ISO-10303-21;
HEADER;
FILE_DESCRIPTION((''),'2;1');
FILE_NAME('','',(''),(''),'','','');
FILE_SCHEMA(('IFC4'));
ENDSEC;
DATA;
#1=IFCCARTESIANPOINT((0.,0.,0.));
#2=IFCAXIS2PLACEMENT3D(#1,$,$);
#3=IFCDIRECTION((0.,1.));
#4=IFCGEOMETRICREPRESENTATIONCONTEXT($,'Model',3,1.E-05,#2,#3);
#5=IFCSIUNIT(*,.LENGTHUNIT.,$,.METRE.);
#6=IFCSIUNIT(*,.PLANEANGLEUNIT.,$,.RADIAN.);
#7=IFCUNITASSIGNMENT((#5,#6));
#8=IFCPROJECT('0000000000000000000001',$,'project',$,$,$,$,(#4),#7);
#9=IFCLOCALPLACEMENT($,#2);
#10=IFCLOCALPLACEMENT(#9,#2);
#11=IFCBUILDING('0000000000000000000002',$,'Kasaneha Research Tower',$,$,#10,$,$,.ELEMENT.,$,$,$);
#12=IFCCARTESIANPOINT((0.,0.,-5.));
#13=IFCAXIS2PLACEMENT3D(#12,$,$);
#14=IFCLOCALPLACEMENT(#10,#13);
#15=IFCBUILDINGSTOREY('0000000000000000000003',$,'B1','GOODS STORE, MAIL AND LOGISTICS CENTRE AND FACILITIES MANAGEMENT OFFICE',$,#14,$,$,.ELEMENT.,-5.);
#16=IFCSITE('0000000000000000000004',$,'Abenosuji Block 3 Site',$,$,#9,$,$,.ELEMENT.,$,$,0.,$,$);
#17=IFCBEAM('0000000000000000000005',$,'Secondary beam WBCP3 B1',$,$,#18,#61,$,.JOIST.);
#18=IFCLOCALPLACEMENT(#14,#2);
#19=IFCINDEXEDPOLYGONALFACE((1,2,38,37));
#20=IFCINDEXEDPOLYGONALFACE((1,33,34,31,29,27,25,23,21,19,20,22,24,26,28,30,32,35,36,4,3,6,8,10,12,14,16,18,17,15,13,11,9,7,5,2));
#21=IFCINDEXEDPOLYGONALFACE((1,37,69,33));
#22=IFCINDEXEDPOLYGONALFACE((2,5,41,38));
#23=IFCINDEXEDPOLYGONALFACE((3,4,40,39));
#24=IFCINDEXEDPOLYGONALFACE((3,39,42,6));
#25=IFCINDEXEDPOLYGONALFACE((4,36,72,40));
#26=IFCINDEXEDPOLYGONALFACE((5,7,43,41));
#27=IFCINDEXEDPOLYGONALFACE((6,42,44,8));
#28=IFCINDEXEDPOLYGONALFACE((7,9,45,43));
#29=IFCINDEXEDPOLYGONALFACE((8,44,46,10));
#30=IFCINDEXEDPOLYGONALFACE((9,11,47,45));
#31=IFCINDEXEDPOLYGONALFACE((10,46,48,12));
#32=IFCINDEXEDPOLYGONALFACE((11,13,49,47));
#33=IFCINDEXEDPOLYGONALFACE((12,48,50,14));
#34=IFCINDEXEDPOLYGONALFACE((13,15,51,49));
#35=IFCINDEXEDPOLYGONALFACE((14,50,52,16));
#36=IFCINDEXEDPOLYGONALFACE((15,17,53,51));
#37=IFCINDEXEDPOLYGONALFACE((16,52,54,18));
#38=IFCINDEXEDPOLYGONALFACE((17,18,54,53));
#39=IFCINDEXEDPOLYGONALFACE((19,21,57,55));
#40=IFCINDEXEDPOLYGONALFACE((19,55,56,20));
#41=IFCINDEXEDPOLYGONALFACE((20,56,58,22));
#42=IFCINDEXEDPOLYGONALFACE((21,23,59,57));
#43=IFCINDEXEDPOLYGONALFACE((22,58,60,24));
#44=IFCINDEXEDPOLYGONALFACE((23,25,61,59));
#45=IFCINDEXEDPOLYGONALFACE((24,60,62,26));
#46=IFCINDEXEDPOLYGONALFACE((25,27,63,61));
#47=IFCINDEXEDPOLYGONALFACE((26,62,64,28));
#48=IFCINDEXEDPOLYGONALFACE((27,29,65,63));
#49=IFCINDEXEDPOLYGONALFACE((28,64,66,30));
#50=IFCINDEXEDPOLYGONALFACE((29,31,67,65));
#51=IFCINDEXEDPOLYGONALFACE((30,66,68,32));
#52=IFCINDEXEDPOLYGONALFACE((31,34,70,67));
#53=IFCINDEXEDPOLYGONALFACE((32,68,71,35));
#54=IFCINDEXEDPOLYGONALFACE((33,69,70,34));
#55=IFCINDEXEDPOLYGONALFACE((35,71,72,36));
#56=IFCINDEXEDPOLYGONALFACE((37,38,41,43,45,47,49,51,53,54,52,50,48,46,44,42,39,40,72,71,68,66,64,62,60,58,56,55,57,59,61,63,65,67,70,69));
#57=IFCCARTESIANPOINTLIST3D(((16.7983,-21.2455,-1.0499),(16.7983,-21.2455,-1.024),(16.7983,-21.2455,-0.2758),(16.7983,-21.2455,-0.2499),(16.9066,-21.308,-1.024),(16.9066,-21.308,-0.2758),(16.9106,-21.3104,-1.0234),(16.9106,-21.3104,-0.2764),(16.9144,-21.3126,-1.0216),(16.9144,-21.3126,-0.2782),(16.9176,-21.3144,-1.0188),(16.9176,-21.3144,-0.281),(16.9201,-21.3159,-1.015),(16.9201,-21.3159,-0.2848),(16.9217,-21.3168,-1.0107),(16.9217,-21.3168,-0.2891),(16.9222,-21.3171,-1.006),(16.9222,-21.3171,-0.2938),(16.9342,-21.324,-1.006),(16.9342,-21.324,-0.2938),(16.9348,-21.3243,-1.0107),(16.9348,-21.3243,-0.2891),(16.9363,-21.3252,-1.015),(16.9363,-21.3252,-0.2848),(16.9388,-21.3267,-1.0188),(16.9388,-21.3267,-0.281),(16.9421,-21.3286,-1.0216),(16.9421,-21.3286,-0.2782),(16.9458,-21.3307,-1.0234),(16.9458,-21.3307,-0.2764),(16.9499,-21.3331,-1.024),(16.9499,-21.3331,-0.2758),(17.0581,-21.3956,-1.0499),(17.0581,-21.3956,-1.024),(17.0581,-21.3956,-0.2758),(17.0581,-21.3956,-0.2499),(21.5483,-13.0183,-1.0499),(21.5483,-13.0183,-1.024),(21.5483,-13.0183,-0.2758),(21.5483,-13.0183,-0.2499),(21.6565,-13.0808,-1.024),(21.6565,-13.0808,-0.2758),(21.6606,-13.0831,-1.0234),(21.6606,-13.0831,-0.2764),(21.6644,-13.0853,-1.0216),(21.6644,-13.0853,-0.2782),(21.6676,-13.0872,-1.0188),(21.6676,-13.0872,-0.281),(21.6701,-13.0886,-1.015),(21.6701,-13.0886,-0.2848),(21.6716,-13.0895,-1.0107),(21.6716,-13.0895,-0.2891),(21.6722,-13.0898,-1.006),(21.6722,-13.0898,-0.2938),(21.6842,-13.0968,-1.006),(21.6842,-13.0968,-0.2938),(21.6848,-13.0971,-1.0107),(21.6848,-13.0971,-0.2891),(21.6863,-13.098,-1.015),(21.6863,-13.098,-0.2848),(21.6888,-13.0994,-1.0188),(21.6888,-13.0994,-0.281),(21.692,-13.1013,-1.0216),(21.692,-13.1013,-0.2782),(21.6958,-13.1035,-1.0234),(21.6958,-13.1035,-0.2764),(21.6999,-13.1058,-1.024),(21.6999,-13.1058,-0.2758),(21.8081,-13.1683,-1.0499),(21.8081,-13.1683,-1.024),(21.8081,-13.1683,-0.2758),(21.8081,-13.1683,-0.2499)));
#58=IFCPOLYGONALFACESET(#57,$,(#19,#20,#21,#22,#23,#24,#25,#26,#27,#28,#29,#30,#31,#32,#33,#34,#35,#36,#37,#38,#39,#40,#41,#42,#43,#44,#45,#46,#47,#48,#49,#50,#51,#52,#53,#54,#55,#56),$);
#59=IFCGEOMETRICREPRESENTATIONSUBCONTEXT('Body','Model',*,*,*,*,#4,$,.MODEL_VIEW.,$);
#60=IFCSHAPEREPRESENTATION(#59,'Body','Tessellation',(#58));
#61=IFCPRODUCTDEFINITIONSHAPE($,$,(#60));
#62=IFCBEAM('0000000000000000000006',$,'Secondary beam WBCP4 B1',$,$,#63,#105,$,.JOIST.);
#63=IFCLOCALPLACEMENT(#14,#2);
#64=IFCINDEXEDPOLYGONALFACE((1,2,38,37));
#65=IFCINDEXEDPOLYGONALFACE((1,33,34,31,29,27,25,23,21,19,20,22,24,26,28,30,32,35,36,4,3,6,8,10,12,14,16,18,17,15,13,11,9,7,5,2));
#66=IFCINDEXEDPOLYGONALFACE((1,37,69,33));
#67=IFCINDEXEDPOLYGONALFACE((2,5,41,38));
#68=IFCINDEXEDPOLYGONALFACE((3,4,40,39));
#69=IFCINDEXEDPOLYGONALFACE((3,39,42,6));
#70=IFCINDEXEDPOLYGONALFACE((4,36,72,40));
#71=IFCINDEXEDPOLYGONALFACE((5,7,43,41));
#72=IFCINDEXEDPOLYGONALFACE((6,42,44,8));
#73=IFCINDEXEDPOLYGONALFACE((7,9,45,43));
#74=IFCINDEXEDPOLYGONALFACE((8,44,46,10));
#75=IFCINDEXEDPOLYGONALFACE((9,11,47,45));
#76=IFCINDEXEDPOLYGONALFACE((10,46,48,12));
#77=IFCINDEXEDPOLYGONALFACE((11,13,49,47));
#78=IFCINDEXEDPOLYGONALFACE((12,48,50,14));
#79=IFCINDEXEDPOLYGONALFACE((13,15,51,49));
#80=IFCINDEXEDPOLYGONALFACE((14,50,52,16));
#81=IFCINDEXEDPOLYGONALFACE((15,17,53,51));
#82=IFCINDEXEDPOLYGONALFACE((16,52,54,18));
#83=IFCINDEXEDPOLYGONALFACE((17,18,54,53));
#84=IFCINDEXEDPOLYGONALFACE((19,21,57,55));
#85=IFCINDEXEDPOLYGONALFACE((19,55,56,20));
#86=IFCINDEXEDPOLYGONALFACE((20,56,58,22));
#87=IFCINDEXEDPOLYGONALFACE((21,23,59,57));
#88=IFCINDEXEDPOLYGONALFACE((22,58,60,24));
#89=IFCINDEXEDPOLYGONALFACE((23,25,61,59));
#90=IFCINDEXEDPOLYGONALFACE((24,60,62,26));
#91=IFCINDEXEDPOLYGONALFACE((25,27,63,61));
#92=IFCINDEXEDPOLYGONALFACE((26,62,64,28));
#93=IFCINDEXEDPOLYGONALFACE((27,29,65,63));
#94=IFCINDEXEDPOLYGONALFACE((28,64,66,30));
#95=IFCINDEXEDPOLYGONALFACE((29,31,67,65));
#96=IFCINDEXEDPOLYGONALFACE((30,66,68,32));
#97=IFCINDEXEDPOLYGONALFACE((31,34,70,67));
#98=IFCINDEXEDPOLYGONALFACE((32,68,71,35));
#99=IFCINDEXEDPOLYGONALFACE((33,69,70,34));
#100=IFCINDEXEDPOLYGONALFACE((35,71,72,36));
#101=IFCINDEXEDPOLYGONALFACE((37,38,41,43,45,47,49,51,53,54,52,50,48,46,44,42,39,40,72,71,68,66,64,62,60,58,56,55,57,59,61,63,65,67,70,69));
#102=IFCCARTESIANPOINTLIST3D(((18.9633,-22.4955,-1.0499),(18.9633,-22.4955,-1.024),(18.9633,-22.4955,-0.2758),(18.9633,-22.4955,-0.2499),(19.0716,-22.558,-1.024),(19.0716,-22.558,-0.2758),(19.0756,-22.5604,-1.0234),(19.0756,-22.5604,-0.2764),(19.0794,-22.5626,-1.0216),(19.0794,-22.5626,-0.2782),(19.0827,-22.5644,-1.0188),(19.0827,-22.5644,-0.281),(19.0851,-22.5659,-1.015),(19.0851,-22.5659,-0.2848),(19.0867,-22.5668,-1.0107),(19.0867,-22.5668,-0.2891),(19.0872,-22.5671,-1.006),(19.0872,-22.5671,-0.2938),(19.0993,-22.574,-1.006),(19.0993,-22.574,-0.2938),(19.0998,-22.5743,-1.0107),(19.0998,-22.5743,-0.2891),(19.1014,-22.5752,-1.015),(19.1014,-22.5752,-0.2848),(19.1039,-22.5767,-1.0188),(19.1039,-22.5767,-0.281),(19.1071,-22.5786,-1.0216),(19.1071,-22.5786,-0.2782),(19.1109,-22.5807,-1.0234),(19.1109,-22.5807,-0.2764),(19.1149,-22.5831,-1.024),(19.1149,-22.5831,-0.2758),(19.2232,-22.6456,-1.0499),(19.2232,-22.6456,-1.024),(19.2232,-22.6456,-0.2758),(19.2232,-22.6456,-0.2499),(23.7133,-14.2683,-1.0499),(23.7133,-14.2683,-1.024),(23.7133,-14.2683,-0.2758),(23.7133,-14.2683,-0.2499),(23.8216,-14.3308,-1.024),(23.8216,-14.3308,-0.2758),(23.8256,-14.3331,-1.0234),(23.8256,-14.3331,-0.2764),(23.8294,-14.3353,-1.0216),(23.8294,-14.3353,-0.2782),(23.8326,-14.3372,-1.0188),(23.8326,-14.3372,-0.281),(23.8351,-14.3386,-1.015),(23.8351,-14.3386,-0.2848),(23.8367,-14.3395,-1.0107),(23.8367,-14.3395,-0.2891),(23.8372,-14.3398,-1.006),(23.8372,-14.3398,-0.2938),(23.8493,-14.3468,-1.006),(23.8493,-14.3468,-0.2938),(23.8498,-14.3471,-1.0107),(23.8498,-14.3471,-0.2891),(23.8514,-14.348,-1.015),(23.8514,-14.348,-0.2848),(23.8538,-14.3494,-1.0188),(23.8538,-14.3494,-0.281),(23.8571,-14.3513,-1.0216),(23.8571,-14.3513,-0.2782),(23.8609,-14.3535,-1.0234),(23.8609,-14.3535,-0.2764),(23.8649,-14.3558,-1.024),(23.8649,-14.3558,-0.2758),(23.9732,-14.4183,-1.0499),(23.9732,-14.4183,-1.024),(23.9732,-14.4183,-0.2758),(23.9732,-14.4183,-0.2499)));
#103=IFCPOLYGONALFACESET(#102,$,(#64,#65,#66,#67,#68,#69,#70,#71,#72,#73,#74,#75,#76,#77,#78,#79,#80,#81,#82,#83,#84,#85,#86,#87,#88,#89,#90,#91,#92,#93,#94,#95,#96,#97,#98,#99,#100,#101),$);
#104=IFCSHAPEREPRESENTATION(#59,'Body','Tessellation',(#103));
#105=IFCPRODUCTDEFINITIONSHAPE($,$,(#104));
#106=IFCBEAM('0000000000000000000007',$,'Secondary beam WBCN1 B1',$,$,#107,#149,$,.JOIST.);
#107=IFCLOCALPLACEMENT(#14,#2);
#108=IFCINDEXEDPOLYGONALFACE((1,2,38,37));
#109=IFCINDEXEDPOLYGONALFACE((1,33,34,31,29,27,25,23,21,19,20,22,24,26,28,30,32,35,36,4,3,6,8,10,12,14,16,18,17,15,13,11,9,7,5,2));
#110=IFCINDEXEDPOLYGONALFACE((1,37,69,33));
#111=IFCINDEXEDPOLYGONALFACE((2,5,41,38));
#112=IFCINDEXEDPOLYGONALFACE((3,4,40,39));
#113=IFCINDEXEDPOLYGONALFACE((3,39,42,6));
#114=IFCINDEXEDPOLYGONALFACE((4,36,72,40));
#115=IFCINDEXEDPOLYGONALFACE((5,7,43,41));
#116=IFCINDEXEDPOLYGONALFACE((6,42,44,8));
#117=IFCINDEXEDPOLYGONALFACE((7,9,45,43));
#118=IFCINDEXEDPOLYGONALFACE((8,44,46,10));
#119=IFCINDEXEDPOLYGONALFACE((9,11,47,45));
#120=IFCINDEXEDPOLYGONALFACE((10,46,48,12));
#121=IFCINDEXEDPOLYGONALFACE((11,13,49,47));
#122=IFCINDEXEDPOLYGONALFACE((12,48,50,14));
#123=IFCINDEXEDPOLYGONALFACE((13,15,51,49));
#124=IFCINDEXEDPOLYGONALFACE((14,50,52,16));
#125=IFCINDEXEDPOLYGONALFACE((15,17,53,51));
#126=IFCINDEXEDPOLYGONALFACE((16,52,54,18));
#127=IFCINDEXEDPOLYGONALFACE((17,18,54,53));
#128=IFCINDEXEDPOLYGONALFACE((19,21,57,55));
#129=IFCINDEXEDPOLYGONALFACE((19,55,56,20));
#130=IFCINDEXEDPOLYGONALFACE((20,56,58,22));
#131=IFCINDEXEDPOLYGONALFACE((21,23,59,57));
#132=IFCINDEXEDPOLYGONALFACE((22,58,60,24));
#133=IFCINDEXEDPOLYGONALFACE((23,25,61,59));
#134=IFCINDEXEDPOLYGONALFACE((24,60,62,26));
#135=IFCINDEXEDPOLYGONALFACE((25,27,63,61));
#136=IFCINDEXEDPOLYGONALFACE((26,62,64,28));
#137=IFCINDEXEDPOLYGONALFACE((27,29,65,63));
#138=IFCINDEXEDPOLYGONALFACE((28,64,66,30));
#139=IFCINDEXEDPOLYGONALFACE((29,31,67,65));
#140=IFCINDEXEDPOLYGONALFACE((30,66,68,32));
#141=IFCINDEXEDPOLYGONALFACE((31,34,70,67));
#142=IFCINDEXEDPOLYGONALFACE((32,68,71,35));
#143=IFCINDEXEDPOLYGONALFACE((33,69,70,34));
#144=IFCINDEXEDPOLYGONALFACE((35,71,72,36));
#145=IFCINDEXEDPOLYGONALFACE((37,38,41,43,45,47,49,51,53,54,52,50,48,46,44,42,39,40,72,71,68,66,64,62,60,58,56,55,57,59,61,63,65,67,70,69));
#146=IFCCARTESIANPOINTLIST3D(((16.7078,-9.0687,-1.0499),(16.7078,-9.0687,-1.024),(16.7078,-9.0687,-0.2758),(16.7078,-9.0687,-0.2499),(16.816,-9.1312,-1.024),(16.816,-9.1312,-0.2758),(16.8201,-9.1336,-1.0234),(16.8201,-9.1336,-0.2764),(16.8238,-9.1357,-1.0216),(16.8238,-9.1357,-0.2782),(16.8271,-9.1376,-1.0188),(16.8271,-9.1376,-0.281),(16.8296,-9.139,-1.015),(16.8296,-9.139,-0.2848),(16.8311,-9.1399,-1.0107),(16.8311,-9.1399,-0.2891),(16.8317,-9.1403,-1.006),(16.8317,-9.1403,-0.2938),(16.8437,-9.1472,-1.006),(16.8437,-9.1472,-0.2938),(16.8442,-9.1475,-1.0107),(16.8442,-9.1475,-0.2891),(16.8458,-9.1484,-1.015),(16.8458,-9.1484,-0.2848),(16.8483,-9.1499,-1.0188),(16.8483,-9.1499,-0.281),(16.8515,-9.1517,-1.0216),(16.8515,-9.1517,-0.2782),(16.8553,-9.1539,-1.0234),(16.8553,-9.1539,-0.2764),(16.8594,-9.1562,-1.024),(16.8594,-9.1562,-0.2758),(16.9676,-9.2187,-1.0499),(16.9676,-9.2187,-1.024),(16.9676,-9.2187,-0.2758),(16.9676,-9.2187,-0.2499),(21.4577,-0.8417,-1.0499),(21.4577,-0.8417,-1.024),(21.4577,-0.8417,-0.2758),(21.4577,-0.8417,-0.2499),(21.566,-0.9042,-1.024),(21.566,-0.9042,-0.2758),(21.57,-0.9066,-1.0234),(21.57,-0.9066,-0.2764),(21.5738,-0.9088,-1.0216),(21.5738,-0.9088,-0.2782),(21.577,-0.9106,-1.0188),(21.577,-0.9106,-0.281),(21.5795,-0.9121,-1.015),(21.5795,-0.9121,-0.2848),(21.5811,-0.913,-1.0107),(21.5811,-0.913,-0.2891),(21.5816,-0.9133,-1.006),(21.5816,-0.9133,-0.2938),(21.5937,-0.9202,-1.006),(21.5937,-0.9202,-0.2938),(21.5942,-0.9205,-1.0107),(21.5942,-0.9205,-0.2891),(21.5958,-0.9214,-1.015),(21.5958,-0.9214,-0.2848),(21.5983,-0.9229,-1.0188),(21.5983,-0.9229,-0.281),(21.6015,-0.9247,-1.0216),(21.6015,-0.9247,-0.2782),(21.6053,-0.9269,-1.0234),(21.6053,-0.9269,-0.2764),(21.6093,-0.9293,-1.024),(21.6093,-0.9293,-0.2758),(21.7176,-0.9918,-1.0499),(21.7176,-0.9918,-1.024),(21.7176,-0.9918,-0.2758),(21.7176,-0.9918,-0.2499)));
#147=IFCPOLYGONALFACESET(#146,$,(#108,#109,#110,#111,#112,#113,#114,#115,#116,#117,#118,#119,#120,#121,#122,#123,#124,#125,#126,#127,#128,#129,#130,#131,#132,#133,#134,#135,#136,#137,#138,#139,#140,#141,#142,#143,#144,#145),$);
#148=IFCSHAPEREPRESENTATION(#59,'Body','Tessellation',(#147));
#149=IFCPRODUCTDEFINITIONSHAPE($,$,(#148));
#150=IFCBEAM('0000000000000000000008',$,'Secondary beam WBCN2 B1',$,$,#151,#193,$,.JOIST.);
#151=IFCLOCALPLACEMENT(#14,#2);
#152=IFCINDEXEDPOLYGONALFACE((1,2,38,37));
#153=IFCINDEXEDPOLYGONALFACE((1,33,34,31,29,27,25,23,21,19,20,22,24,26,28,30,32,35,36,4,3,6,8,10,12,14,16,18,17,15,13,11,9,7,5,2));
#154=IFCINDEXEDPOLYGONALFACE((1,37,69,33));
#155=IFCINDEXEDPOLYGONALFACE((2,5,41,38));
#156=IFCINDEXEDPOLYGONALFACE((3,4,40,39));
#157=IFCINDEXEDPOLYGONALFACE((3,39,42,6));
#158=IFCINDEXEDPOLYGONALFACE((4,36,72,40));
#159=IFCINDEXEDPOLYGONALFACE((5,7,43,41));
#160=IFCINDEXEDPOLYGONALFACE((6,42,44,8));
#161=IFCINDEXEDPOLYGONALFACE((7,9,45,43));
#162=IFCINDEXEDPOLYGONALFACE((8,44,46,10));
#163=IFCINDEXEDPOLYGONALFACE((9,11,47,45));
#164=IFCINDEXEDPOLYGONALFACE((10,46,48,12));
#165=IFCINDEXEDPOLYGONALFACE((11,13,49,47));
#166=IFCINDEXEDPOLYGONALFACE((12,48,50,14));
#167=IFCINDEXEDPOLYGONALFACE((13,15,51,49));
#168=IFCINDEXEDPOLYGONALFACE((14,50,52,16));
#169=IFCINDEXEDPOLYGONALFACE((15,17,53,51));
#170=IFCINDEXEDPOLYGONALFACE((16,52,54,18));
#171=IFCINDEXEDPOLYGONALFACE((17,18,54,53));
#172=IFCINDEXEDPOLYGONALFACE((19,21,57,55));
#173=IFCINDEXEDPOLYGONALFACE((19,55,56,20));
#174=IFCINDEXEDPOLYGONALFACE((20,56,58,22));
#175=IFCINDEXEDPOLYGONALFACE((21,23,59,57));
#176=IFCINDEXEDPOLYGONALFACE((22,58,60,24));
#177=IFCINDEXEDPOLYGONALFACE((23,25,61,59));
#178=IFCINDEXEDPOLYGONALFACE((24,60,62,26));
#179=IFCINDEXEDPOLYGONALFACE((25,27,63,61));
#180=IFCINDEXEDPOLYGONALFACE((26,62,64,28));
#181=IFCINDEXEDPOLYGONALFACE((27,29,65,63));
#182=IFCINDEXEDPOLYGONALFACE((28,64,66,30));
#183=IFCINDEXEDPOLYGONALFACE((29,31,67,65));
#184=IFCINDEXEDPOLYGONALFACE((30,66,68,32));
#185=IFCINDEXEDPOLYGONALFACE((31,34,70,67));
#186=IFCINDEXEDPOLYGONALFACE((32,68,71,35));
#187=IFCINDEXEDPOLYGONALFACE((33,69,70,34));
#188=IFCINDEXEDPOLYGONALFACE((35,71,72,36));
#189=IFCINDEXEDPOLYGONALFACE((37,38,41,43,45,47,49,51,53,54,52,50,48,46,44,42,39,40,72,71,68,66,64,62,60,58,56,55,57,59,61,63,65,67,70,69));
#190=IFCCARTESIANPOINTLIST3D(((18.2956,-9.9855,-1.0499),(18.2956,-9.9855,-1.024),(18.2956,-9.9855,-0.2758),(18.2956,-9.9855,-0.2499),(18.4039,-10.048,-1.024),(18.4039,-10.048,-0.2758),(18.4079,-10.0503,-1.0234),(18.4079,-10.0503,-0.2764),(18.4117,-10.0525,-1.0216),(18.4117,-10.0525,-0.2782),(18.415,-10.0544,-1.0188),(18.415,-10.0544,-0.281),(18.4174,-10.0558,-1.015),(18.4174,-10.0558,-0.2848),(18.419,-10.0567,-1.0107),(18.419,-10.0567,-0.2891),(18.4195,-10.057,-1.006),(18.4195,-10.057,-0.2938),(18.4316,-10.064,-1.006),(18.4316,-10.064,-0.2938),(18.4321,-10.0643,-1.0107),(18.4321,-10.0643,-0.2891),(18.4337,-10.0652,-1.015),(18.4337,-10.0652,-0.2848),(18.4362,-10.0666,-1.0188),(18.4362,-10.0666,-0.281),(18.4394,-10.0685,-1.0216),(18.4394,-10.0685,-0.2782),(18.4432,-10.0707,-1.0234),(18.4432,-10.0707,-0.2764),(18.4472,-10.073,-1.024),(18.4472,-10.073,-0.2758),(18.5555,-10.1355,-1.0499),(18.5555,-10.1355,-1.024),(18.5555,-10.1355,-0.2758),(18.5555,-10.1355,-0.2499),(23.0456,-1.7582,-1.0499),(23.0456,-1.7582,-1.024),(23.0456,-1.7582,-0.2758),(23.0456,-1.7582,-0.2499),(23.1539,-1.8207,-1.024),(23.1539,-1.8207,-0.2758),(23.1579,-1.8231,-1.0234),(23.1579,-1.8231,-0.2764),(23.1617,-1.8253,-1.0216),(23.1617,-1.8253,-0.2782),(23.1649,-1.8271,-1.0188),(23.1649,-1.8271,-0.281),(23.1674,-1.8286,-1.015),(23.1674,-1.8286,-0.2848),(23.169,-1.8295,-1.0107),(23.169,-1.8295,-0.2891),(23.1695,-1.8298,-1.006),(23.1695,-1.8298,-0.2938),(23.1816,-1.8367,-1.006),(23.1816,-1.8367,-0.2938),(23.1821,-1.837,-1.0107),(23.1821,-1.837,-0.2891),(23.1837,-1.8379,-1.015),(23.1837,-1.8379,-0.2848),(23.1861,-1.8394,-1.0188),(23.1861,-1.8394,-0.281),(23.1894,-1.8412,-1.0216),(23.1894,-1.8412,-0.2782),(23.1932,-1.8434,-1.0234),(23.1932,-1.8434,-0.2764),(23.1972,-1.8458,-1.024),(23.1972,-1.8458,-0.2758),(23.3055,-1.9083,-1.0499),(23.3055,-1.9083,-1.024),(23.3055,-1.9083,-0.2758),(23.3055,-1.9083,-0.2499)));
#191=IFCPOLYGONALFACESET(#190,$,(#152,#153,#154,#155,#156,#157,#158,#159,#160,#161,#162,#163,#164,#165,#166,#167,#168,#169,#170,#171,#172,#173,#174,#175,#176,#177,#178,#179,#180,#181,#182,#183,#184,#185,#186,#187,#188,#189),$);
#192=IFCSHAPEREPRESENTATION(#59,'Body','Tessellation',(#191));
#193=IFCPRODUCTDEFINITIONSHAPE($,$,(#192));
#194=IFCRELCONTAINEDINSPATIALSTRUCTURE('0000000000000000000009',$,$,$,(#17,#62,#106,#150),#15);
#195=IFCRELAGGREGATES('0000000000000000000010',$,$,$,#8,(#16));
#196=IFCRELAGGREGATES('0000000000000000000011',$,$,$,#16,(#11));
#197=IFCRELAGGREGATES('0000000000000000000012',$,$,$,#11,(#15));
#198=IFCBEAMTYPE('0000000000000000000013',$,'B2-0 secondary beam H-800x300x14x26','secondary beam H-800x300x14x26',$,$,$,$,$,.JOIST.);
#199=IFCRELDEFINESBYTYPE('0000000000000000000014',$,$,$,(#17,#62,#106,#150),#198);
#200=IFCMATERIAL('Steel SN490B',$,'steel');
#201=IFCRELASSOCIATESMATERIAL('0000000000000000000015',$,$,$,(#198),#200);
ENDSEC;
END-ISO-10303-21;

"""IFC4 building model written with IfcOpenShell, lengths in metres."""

from ifc_helpers import new_model, si_unit, direction, frame, origin, origin_2d, place, context, subcontext, project, spatial, i_section, extrude, material, material_profile, profile_set, type_object, element, save


model = new_model("IFC4")

# Units and contexts
model_context = context("Model", 3, precision=1e-05, world=origin(), true_north=direction((0.0, 1.0)))
body_context = subcontext(model_context, "Body", "Model", "MODEL_VIEW")
ifc_project = project(units=[si_unit("LENGTHUNIT", "METRE"), si_unit("PLANEANGLEUNIT", "RADIAN")], contexts=[model_context])

# Site, building, storey
site_placement = place(None, origin())
site = spatial("IfcSite", under=ifc_project, at=site_placement, Name="Abenosuji Block 3 Site", CompositionType="ELEMENT", RefElevation=0.0)
building_placement = place(site_placement, origin())
building = spatial("IfcBuilding", under=site, at=building_placement, Name="Kasaneha Research Tower", CompositionType="ELEMENT")
storey_placement = place(building_placement, frame((0.0, 0.0, -5.0)))
storey = spatial("IfcBuildingStorey", under=building, at=storey_placement, Name="B1", Description="GOODS STORE, MAIL AND LOGISTICS CENTRE AND FACILITIES MANAGEMENT OFFICE", CompositionType="ELEMENT", Elevation=-5.0)

# Beams
ifc_material_1 = material(Name="Steel SN490B", Category="steel")
ifc_material_profile_1 = material_profile(ifc_material_1, i_section(OverallWidth=0.3, OverallDepth=0.8, WebThickness=0.0139, FlangeThickness=0.0259, FilletRadius=0.0181, at=origin_2d()), Name="H-800x300x14x26")
ifc_profile_set_1 = profile_set([ifc_material_profile_1], Name="Steel SN490B")
beam_type_1 = type_object("IfcBeamType", Name="B2-0 secondary beam H-800x300x14x26", Description="secondary beam H-800x300x14x26", PredefinedType="JOIST", material=ifc_profile_set_1)
for number, where, z_axis, x_axis, name in (
    (1, (16.9282, -21.3206, -0.6499), (0.499998, 0.866027, 0.0), (-0.866027, 0.499998, 0.0), "Secondary beam WBCP3 B1"),
    (2, (19.0933, -22.5706, -0.6499), (0.499998, 0.866027, 0.0), (-0.866027, 0.499998, 0.0), "Secondary beam WBCP4 B1"),
):
    element("IfcBeam", number, at=place(storey_placement, frame(where, z_axis=z_axis, x_axis=x_axis)), inside=storey, type_object=beam_type_1, Name=name, PredefinedType="JOIST", context=body_context, shape_type="SweptSolid", body=[
        extrude(i_section(OverallWidth=0.3, OverallDepth=0.8, WebThickness=0.0139, FlangeThickness=0.0259, FilletRadius=0.0181, at=origin_2d()), origin(), (0.0, 0.0, 1.0), 9.5),
    ])
beam_1_placement = place(storey_placement, frame((21.5876, -0.9167, -0.6499), z_axis=(-0.500009, -0.86602, 0.0), x_axis=(0.86602, -0.500009, 0.0)))
element("IfcBeam", 3, at=beam_1_placement, inside=storey, type_object=beam_type_1, Name="Secondary beam WBCN1 B1", PredefinedType="JOIST", context=body_context, shape_type="SweptSolid", body=[
    extrude(i_section(OverallWidth=0.3, OverallDepth=0.8, WebThickness=0.0139, FlangeThickness=0.0259, FilletRadius=0.0181, at=origin_2d()), origin(), (0.0, 0.0, 1.0), 9.4998),
])
for number, where, z_axis, x_axis, name in (
    (4, (23.1755, -1.8333, -0.6499), (-0.499998, -0.866027, 0.0), (0.866027, -0.499998, 0.0), "Secondary beam WBCN2 B1"),
):
    element("IfcBeam", number, at=place(storey_placement, frame(where, z_axis=z_axis, x_axis=x_axis)), inside=storey, type_object=beam_type_1, Name=name, PredefinedType="JOIST", context=body_context, shape_type="SweptSolid", body=[
        extrude(i_section(OverallWidth=0.3, OverallDepth=0.8, WebThickness=0.0139, FlangeThickness=0.0259, FilletRadius=0.0181, at=origin_2d()), origin(), (0.0, 0.0, 1.0), 9.5),
    ])

save(model, "model.ifc")
